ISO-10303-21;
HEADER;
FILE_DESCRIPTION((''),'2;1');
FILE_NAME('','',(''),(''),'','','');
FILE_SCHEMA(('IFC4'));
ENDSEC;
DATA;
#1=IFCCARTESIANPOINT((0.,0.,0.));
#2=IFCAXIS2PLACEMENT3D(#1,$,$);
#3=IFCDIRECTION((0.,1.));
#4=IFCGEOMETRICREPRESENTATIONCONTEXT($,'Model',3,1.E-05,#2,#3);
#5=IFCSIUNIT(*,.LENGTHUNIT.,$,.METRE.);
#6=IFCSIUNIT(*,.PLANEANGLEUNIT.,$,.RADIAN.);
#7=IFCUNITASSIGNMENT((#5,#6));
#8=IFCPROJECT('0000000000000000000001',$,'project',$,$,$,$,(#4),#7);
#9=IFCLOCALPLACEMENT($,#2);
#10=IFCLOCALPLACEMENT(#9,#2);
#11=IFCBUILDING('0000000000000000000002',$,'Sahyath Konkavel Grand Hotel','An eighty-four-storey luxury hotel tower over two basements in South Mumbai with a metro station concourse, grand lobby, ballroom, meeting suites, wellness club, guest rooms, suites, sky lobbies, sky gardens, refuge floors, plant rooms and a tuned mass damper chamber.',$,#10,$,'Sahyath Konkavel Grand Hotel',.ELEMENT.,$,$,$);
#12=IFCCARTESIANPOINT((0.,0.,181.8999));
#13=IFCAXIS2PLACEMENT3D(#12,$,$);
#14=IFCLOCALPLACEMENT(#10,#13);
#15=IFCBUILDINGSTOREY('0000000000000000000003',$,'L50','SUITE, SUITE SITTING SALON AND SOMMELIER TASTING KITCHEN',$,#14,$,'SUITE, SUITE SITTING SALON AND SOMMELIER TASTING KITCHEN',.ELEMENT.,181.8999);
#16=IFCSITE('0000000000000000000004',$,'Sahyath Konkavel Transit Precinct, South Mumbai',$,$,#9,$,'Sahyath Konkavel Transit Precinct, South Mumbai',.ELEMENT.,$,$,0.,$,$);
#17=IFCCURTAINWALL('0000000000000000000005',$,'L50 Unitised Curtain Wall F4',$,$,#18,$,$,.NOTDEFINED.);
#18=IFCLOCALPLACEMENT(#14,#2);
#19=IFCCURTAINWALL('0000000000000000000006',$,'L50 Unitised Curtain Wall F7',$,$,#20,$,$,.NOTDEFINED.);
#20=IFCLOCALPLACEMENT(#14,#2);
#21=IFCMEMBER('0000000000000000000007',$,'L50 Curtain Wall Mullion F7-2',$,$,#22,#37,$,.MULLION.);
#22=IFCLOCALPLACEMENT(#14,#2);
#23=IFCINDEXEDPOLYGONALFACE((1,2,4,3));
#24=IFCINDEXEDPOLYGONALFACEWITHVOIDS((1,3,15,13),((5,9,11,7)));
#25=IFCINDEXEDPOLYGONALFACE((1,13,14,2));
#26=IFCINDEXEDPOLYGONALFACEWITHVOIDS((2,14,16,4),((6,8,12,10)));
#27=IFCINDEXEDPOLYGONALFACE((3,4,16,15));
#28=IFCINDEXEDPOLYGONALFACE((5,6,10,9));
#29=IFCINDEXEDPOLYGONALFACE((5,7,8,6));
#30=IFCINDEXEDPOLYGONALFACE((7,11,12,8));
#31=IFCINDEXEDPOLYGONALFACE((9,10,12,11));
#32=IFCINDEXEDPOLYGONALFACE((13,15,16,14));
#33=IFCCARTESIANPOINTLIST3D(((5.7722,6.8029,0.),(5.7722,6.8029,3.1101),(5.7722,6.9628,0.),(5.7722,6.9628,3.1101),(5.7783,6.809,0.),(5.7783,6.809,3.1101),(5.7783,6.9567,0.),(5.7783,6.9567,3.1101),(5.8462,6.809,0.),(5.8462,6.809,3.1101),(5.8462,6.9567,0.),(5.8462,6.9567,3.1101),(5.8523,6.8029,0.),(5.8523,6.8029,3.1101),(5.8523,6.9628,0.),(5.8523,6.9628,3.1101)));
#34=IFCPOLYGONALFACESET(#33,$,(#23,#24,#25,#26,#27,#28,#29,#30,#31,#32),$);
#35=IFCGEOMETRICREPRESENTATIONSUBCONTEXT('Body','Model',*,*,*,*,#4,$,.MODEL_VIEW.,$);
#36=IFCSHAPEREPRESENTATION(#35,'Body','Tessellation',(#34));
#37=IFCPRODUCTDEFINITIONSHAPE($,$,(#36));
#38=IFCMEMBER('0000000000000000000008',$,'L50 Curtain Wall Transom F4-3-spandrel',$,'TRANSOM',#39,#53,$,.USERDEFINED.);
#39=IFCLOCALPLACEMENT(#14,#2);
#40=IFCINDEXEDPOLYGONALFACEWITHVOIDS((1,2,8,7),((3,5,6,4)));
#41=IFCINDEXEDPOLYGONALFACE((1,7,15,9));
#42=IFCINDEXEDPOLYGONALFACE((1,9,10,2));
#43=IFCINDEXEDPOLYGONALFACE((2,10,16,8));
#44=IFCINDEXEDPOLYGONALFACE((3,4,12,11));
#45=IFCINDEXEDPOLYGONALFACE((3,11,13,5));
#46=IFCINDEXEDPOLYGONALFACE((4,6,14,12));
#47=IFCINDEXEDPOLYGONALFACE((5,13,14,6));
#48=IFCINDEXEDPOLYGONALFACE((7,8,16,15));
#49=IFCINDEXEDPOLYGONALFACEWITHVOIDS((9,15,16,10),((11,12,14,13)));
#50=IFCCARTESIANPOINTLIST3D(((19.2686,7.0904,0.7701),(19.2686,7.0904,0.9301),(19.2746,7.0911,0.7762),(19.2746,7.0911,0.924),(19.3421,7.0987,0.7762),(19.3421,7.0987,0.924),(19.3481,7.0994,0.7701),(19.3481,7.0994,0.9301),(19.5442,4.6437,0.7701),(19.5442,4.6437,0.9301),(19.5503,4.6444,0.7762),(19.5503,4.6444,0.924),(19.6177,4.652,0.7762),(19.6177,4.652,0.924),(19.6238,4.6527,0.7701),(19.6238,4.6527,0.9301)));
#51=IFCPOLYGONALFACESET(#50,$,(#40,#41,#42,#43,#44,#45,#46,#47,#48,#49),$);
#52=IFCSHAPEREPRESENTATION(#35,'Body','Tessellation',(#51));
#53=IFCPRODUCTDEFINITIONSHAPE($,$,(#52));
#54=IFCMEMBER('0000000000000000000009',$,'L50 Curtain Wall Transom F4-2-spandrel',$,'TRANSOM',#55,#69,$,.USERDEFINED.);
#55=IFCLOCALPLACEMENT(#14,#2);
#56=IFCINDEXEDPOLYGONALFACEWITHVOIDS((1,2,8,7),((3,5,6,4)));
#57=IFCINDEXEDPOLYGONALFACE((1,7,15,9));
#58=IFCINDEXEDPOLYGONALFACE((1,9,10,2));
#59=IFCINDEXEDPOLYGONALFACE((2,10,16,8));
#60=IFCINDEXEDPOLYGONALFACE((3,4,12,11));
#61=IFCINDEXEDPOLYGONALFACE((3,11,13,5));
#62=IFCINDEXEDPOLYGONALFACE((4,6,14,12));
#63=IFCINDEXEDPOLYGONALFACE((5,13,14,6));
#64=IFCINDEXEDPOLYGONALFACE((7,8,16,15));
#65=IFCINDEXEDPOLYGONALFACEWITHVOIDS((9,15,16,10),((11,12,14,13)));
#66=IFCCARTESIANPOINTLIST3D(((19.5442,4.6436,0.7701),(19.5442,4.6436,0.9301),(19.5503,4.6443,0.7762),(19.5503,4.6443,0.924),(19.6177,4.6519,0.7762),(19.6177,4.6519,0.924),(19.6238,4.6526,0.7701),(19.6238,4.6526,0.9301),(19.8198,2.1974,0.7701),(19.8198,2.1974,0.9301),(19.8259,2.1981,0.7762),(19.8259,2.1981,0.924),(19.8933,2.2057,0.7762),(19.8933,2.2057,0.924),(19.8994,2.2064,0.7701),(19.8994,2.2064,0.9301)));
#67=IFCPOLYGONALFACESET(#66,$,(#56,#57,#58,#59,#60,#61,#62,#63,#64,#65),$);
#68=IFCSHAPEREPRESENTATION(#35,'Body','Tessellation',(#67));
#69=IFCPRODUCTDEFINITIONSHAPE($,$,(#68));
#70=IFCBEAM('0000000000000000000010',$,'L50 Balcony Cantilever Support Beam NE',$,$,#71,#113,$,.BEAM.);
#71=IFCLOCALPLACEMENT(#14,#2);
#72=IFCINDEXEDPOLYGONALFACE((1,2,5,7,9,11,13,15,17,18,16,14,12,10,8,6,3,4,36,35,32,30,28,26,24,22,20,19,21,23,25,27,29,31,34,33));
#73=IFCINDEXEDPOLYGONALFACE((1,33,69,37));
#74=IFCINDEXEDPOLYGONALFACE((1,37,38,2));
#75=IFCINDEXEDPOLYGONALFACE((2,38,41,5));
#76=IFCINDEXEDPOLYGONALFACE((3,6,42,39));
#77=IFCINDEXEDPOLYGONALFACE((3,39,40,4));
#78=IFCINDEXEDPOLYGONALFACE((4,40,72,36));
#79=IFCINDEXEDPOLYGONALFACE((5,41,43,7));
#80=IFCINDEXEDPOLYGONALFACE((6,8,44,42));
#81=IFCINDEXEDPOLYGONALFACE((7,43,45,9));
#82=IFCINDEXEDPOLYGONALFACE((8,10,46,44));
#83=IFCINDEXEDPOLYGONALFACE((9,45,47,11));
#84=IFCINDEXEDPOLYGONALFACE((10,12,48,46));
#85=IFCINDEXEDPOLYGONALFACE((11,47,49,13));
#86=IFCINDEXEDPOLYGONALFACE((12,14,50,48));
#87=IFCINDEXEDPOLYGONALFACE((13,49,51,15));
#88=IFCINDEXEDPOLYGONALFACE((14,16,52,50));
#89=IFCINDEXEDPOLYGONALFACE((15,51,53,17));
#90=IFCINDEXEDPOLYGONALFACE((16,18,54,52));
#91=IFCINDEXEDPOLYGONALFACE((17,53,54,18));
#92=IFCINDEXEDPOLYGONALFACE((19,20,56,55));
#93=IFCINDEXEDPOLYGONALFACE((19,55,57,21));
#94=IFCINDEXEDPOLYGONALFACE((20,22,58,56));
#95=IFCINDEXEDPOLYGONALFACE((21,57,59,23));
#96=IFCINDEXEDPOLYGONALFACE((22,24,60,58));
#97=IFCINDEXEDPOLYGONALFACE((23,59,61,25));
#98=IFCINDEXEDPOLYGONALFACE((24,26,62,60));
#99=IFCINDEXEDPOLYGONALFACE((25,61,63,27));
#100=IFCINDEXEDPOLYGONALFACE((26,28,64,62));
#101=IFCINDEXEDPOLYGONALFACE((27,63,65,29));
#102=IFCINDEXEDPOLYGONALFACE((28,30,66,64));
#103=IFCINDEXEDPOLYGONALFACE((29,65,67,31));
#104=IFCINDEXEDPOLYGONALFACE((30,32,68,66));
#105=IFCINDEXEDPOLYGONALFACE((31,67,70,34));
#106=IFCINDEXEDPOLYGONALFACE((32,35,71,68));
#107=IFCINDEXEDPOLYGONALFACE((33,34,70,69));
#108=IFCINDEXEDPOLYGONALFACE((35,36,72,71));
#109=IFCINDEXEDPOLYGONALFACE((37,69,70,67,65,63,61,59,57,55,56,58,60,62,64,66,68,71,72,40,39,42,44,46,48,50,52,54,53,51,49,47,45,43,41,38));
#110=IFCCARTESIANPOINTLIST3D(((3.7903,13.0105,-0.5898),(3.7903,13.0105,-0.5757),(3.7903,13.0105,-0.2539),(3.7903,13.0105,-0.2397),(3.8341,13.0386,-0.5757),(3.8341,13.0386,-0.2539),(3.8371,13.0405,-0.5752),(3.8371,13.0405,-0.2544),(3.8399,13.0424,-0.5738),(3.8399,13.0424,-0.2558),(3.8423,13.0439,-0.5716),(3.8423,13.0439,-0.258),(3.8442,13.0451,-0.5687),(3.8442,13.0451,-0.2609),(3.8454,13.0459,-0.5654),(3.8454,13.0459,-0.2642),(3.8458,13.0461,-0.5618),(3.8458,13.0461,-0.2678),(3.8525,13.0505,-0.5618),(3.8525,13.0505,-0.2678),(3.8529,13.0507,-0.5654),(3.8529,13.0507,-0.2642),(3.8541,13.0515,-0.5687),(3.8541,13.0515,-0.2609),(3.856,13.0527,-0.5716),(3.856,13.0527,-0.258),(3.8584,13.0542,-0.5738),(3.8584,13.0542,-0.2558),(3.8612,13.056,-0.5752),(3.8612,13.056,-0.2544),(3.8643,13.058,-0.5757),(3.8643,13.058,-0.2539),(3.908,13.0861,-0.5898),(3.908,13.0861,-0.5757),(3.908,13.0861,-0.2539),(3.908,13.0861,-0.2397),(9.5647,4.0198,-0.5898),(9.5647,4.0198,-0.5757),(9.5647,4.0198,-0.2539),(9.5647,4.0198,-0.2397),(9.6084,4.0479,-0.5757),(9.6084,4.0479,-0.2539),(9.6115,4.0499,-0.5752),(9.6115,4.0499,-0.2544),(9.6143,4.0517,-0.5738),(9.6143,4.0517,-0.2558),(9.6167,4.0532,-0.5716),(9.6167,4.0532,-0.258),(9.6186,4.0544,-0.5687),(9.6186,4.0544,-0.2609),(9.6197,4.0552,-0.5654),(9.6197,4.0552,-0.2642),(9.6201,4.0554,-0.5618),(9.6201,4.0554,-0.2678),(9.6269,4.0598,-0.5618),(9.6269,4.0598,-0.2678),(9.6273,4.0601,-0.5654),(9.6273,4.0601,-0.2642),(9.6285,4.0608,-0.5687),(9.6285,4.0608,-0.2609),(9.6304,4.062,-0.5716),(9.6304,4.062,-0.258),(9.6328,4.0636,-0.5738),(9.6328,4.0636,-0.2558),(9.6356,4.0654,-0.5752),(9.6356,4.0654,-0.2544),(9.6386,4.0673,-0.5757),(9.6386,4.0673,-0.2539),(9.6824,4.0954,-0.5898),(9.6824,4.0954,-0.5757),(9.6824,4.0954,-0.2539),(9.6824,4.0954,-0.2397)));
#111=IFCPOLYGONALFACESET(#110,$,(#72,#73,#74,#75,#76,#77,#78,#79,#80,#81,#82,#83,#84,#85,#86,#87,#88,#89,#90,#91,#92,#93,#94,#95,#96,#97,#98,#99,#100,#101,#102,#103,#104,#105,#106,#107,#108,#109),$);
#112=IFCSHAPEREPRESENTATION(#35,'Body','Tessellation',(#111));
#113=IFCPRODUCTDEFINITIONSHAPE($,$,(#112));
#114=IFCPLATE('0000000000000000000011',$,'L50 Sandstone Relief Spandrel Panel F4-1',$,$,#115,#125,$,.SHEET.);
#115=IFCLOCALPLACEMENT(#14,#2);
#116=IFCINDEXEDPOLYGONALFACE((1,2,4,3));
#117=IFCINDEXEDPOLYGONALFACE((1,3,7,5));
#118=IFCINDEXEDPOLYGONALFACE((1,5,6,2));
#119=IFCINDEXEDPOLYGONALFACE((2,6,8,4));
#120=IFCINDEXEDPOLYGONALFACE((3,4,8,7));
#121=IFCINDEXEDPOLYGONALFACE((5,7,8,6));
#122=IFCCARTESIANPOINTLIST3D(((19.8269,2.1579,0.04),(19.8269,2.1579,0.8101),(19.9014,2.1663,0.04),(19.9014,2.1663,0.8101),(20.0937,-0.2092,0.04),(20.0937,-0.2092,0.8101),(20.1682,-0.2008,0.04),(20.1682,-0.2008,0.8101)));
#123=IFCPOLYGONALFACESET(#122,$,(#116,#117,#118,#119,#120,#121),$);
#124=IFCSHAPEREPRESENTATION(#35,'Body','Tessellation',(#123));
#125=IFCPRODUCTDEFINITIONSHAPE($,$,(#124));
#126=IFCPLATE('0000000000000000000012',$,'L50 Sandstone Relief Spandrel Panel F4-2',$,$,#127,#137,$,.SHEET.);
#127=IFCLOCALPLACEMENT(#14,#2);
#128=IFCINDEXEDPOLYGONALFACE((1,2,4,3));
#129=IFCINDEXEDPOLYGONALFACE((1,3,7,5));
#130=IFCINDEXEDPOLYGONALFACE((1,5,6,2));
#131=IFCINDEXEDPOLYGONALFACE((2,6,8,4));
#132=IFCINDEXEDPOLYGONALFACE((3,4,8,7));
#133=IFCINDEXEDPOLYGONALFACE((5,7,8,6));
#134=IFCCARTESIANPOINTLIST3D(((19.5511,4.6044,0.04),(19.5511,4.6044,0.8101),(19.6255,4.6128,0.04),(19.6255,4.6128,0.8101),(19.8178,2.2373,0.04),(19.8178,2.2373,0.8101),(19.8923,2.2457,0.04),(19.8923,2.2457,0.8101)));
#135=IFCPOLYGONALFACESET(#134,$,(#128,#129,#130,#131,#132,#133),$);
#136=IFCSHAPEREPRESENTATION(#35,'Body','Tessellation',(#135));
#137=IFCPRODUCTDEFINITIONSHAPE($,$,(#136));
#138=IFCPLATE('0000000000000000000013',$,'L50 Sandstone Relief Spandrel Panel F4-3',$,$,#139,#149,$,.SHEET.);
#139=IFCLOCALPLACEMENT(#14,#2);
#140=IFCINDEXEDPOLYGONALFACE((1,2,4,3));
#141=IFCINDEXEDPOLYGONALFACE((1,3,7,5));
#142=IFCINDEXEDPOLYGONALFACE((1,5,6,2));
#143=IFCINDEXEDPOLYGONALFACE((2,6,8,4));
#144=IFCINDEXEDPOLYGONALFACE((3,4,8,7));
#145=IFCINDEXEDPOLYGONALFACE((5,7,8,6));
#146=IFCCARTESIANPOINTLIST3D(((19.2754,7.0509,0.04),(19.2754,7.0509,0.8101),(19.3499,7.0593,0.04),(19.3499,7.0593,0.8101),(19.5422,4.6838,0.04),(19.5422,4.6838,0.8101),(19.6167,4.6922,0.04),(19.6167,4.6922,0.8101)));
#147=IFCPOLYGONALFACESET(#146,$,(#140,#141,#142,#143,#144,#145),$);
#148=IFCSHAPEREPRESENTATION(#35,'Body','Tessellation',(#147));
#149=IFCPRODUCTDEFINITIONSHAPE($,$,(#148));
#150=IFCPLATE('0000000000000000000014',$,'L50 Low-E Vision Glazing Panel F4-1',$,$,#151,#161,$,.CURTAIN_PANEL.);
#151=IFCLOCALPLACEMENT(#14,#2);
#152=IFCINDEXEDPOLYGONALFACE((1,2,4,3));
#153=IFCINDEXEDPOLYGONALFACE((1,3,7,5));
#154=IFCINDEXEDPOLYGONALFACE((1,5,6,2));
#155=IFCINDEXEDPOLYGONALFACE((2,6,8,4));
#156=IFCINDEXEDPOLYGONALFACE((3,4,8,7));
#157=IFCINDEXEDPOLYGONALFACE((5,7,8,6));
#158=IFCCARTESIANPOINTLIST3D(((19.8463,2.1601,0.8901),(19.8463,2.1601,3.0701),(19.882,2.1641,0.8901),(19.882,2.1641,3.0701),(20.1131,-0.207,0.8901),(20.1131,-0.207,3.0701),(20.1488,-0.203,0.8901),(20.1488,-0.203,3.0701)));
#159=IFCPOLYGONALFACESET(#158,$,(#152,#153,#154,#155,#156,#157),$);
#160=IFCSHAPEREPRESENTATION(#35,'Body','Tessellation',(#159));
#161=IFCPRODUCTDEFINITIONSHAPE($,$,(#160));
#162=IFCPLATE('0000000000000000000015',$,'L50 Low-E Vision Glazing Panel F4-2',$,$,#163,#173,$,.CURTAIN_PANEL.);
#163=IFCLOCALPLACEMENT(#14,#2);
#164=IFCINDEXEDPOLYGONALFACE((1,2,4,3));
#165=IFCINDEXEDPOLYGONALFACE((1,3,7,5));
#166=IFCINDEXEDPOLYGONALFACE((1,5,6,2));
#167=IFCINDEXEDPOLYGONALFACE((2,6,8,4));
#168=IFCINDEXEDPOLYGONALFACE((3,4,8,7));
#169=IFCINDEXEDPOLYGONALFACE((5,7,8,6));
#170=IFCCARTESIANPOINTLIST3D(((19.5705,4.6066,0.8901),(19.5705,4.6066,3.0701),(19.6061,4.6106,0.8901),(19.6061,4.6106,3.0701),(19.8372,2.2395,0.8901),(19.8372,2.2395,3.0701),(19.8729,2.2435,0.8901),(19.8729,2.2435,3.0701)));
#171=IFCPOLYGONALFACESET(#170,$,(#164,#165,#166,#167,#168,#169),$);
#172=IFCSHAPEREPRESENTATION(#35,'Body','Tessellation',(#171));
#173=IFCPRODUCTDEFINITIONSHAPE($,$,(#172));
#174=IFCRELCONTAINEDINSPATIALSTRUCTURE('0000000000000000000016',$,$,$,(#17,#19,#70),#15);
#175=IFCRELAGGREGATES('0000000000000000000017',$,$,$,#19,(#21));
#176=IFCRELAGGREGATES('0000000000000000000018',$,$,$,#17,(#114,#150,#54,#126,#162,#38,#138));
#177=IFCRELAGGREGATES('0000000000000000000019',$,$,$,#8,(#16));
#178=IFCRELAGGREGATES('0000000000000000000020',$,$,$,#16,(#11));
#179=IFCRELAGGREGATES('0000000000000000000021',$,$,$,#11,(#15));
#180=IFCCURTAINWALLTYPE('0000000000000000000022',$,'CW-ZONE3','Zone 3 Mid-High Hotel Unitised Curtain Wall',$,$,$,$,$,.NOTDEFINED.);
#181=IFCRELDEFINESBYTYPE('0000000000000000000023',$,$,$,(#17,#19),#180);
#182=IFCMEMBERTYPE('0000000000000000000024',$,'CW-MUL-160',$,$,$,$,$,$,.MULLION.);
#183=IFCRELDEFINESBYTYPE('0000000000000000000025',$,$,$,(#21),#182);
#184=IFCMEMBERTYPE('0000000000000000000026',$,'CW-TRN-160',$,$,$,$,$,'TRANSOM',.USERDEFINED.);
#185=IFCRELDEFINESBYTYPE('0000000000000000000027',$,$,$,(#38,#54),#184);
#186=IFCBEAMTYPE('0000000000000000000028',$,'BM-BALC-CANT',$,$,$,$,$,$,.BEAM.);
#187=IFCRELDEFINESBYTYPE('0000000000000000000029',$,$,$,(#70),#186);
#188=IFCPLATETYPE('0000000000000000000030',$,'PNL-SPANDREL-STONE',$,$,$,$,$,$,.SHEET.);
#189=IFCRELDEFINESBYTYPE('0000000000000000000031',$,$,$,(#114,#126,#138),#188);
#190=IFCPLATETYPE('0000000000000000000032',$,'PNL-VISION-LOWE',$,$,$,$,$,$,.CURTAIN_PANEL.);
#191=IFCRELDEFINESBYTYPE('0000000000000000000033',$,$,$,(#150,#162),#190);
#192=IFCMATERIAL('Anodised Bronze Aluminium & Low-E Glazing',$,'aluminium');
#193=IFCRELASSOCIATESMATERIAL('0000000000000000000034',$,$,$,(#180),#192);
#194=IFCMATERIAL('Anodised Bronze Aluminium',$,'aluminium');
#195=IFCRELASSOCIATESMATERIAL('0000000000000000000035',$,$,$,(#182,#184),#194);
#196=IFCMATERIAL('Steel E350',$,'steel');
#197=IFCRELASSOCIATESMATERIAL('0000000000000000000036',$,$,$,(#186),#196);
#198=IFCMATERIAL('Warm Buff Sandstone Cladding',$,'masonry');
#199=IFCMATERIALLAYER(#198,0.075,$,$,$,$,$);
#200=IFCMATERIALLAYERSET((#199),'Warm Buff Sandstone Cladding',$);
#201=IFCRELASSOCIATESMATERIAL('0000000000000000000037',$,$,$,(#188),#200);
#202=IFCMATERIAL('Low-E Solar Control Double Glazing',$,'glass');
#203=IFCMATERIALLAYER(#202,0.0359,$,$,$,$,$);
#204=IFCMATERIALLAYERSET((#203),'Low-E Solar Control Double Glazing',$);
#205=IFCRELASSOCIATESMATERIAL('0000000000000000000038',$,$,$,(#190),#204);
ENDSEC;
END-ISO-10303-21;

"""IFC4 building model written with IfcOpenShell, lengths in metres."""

from ifc_helpers import new_model, si_unit, direction, frame, origin, origin_2d, place, context, subcontext, project, spatial, rectangle, hollow_rectangle, i_section, extrude, source, transform, mapped, material, layer, layer_set, material_profile, profile_set, type_object, element, aggregate, save


model = new_model("IFC4")

# Units and contexts
model_context = context("Model", 3, precision=1e-05, world=origin(), true_north=direction((0.0, 1.0)))
body_context = subcontext(model_context, "Body", "Model", "MODEL_VIEW")
ifc_project = project(units=[si_unit("LENGTHUNIT", "METRE"), si_unit("PLANEANGLEUNIT", "RADIAN")], contexts=[model_context])

# Site, building, storey
site_placement = place(None, origin())
site = spatial("IfcSite", under=ifc_project, at=site_placement, Name="Sahyath Konkavel Transit Precinct, South Mumbai", LongName="Sahyath Konkavel Transit Precinct, South Mumbai", CompositionType="ELEMENT", RefElevation=0.0)
building_placement = place(site_placement, origin())
building = spatial("IfcBuilding", under=site, at=building_placement, Name="Sahyath Konkavel Grand Hotel", Description="An eighty-four-storey luxury hotel tower over two basements in South Mumbai with a metro station concourse, grand lobby, ballroom, meeting suites, wellness club, guest rooms, suites, sky lobbies, sky gardens, refuge floors, plant rooms and a tuned mass damper chamber.", LongName="Sahyath Konkavel Grand Hotel", CompositionType="ELEMENT")
storey_placement = place(building_placement, frame((0.0, 0.0, 181.8999)))
storey = spatial("IfcBuildingStorey", under=building, at=storey_placement, Name="L50", Description="SUITE, SUITE SITTING SALON AND SOMMELIER TASTING KITCHEN", LongName="SUITE, SUITE SITTING SALON AND SOMMELIER TASTING KITCHEN", CompositionType="ELEMENT", Elevation=181.8999)

# Shared definitions
ifc_material_1 = material(Name="Steel E350", Category="steel")

# Curtain wall
ifc_material_2 = material(Name="Anodised Bronze Aluminium & Low-E Glazing", Category="aluminium")
curtain_wall_type = type_object("IfcCurtainWallType", Name="CW-ZONE3", Description="Zone 3 Mid-High Hotel Unitised Curtain Wall", PredefinedType="NOTDEFINED", material=ifc_material_2)
curtain_wall_1_placement = place(storey_placement, origin())
curtain_wall_1 = element("IfcCurtainWall", 1, at=curtain_wall_1_placement, inside=storey, type_object=curtain_wall_type, Name="L50 Unitised Curtain Wall F4", PredefinedType="NOTDEFINED")
ifc_material_3 = material(Name="Anodised Bronze Aluminium", Category="aluminium")
ifc_material_profile_1 = material_profile(ifc_material_3, hollow_rectangle(XDim=0.0801, YDim=0.1599, WallThickness=0.0061, at=origin_2d()), Name="RHS 160x80x6")
ifc_profile_set_1 = profile_set([ifc_material_profile_1], Name="Anodised Bronze Aluminium")
member_type_1 = type_object("IfcMemberType", Name="CW-MUL-160", PredefinedType="MULLION", material=ifc_profile_set_1)
shared_shape_1 = source(origin(), body_context, "Body", "SweptSolid", [
    extrude(hollow_rectangle(XDim=0.0801, YDim=0.1599, WallThickness=0.0061, at=origin_2d()), origin(), (0.0, 0.0, 1.0), 3.1101),
])

# Curtain wall, member
curtain_wall_2_placement = place(storey_placement, origin())
curtain_wall_2 = element("IfcCurtainWall", 2, at=curtain_wall_2_placement, inside=storey, type_object=curtain_wall_type, Name="L50 Unitised Curtain Wall F7", PredefinedType="NOTDEFINED")
member_1_placement = place(storey_placement, frame((5.8123, 6.8828, 0.0), z_axis=(0.0, 0.0, 1.0), x_axis=(1.0, 0.0, 0.0)))
member_1 = element("IfcMember", 3, at=member_1_placement, type_object=member_type_1, Name="L50 Curtain Wall Mullion F7-2", PredefinedType="MULLION", context=body_context, shape_type="MappedRepresentation", body=[
    mapped(shared_shape_1, transform((0.0, 0.0, 0.0), scale=1.0)),
])
aggregate(curtain_wall_2, [member_1])

# Members
ifc_material_profile_2 = material_profile(ifc_material_3, hollow_rectangle(XDim=0.0801, YDim=0.1599, WallThickness=0.0061, at=origin_2d()), Name="RHS 160x80x6")
ifc_profile_set_2 = profile_set([ifc_material_profile_2], Name="Anodised Bronze Aluminium")
member_type_2 = type_object("IfcMemberType", Name="CW-TRN-160", ElementType="TRANSOM", PredefinedType="USERDEFINED", material=ifc_profile_set_2)
shared_shape_2 = source(origin(), body_context, "Body", "SweptSolid", [
    extrude(hollow_rectangle(XDim=0.0801, YDim=0.1599, WallThickness=0.0061, at=origin_2d()), origin(), (0.0, 0.0, 1.0), 2.4622),
])
member_2_placement = place(storey_placement, frame((19.584, 4.6482, 0.8501), z_axis=(-0.111944, 0.993715, 0.0), x_axis=(-0.993715, -0.111944, 0.0)))
member_2 = element("IfcMember", 4, at=member_2_placement, type_object=member_type_2, Name="L50 Curtain Wall Transom F4-3-spandrel", ObjectType="TRANSOM", PredefinedType="USERDEFINED", context=body_context, shape_type="MappedRepresentation", body=[
    mapped(shared_shape_2, transform((0.0, 0.0, 0.0), scale=1.0)),
])
shared_shape_3 = source(origin(), body_context, "Body", "SweptSolid", [
    extrude(hollow_rectangle(XDim=0.0801, YDim=0.1599, WallThickness=0.0061, at=origin_2d()), origin(), (0.0, 0.0, 1.0), 2.4617),
])
member_3_placement = place(storey_placement, frame((19.8596, 2.2019, 0.8501), z_axis=(-0.111966, 0.993712, 0.0), x_axis=(-0.993712, -0.111966, 0.0)))
member_3 = element("IfcMember", 5, at=member_3_placement, type_object=member_type_2, Name="L50 Curtain Wall Transom F4-2-spandrel", ObjectType="TRANSOM", PredefinedType="USERDEFINED", context=body_context, shape_type="MappedRepresentation", body=[
    mapped(shared_shape_3, transform((0.0, 0.0, 0.0), scale=1.0)),
])

# Beam
ifc_material_profile_3 = material_profile(ifc_material_1, i_section(OverallWidth=0.1399, OverallDepth=0.3501, WebThickness=0.0081, FlangeThickness=0.0142, FilletRadius=0.0139, at=origin_2d()), Name="ISMB 350")
ifc_profile_set_3 = profile_set([ifc_material_profile_3], Name="Steel E350")
beam_type_1 = type_object("IfcBeamType", Name="BM-BALC-CANT", PredefinedType="BEAM", material=ifc_profile_set_3)
shared_shape_4 = source(origin(), body_context, "Body", "SweptSolid", [
    extrude(i_section(OverallWidth=0.1399, OverallDepth=0.3501, WebThickness=0.0081, FlangeThickness=0.0142, FilletRadius=0.0139, at=origin_2d()), origin(), (0.0, 0.0, 1.0), 10.6853),
])
beam_1_placement = place(storey_placement, frame((9.6235, 4.0576, -0.4148), z_axis=(-0.540404, 0.841406, 0.0), x_axis=(-0.841406, -0.540404, 0.0)))
element("IfcBeam", 6, at=beam_1_placement, inside=storey, type_object=beam_type_1, Name="L50 Balcony Cantilever Support Beam NE", PredefinedType="BEAM", context=body_context, shape_type="MappedRepresentation", body=[
    mapped(shared_shape_4, transform((0.0, 0.0, 0.0), scale=1.0)),
])

# Plates
ifc_material_4 = material(Name="Warm Buff Sandstone Cladding", Category="masonry")
ifc_layer_1 = layer(ifc_material_4, 0.075)
ifc_layer_set_1 = layer_set([ifc_layer_1], Name="Warm Buff Sandstone Cladding")
plate_type_1 = type_object("IfcPlateType", Name="PNL-SPANDREL-STONE", PredefinedType="SHEET", material=ifc_layer_set_1)
shared_shape_5 = source(origin(), body_context, "Body", "SweptSolid", [
    extrude(rectangle(XDim=2.3821, YDim=0.075, at=origin_2d()), origin(), (0.0, 0.0, 1.0), 0.77),
])
plate_1_placement = place(storey_placement, frame((19.9976, 0.9785, 0.04), z_axis=(0.0, 0.0, 1.0), x_axis=(-0.111989, 0.993709, 0.0)))
plate_1 = element("IfcPlate", 7, at=plate_1_placement, type_object=plate_type_1, Name="L50 Sandstone Relief Spandrel Panel F4-1", PredefinedType="SHEET", context=body_context, shape_type="MappedRepresentation", body=[
    mapped(shared_shape_5, transform((0.0, 0.0, 0.0), scale=1.0)),
])
plate_2_placement = place(storey_placement, frame((19.7217, 3.425, 0.04), z_axis=(0.0, 0.0, 1.0), x_axis=(-0.111989, 0.993709, 0.0)))
plate_2 = element("IfcPlate", 8, at=plate_2_placement, type_object=plate_type_1, Name="L50 Sandstone Relief Spandrel Panel F4-2", PredefinedType="SHEET", context=body_context, shape_type="MappedRepresentation", body=[
    mapped(shared_shape_5, transform((0.0, 0.0, 0.0), scale=1.0)),
])
plate_3_placement = place(storey_placement, frame((19.446, 5.8716, 0.04), z_axis=(0.0, 0.0, 1.0), x_axis=(-0.111989, 0.993709, 0.0)))
plate_3 = element("IfcPlate", 9, at=plate_3_placement, type_object=plate_type_1, Name="L50 Sandstone Relief Spandrel Panel F4-3", PredefinedType="SHEET", context=body_context, shape_type="MappedRepresentation", body=[
    mapped(shared_shape_5, transform((0.0, 0.0, 0.0), scale=1.0)),
])
ifc_material_5 = material(Name="Low-E Solar Control Double Glazing", Category="glass")
ifc_layer_2 = layer(ifc_material_5, 0.0359)
ifc_layer_set_2 = layer_set([ifc_layer_2], Name="Low-E Solar Control Double Glazing")
plate_type_2 = type_object("IfcPlateType", Name="PNL-VISION-LOWE", PredefinedType="CURTAIN_PANEL", material=ifc_layer_set_2)
shared_shape_6 = source(origin(), body_context, "Body", "SweptSolid", [
    extrude(rectangle(XDim=2.3821, YDim=0.0359, at=origin_2d()), origin(), (0.0, 0.0, 1.0), 2.1799),
])
plate_4_placement = place(storey_placement, frame((19.9976, 0.9785, 0.8901), z_axis=(0.0, 0.0, 1.0), x_axis=(-0.111989, 0.993709, 0.0)))
plate_4 = element("IfcPlate", 10, at=plate_4_placement, type_object=plate_type_2, Name="L50 Low-E Vision Glazing Panel F4-1", PredefinedType="CURTAIN_PANEL", context=body_context, shape_type="MappedRepresentation", body=[
    mapped(shared_shape_6, transform((0.0, 0.0, 0.0), scale=1.0)),
])
plate_5_placement = place(storey_placement, frame((19.7217, 3.425, 0.8901), z_axis=(0.0, 0.0, 1.0), x_axis=(-0.111989, 0.993709, 0.0)))
plate_5 = element("IfcPlate", 11, at=plate_5_placement, type_object=plate_type_2, Name="L50 Low-E Vision Glazing Panel F4-2", PredefinedType="CURTAIN_PANEL", context=body_context, shape_type="MappedRepresentation", body=[
    mapped(shared_shape_6, transform((0.0, 0.0, 0.0), scale=1.0)),
])
aggregate(curtain_wall_1, [plate_1, plate_4, member_3, plate_2, plate_5, member_2, plate_3])

save(model, "model.ifc")
